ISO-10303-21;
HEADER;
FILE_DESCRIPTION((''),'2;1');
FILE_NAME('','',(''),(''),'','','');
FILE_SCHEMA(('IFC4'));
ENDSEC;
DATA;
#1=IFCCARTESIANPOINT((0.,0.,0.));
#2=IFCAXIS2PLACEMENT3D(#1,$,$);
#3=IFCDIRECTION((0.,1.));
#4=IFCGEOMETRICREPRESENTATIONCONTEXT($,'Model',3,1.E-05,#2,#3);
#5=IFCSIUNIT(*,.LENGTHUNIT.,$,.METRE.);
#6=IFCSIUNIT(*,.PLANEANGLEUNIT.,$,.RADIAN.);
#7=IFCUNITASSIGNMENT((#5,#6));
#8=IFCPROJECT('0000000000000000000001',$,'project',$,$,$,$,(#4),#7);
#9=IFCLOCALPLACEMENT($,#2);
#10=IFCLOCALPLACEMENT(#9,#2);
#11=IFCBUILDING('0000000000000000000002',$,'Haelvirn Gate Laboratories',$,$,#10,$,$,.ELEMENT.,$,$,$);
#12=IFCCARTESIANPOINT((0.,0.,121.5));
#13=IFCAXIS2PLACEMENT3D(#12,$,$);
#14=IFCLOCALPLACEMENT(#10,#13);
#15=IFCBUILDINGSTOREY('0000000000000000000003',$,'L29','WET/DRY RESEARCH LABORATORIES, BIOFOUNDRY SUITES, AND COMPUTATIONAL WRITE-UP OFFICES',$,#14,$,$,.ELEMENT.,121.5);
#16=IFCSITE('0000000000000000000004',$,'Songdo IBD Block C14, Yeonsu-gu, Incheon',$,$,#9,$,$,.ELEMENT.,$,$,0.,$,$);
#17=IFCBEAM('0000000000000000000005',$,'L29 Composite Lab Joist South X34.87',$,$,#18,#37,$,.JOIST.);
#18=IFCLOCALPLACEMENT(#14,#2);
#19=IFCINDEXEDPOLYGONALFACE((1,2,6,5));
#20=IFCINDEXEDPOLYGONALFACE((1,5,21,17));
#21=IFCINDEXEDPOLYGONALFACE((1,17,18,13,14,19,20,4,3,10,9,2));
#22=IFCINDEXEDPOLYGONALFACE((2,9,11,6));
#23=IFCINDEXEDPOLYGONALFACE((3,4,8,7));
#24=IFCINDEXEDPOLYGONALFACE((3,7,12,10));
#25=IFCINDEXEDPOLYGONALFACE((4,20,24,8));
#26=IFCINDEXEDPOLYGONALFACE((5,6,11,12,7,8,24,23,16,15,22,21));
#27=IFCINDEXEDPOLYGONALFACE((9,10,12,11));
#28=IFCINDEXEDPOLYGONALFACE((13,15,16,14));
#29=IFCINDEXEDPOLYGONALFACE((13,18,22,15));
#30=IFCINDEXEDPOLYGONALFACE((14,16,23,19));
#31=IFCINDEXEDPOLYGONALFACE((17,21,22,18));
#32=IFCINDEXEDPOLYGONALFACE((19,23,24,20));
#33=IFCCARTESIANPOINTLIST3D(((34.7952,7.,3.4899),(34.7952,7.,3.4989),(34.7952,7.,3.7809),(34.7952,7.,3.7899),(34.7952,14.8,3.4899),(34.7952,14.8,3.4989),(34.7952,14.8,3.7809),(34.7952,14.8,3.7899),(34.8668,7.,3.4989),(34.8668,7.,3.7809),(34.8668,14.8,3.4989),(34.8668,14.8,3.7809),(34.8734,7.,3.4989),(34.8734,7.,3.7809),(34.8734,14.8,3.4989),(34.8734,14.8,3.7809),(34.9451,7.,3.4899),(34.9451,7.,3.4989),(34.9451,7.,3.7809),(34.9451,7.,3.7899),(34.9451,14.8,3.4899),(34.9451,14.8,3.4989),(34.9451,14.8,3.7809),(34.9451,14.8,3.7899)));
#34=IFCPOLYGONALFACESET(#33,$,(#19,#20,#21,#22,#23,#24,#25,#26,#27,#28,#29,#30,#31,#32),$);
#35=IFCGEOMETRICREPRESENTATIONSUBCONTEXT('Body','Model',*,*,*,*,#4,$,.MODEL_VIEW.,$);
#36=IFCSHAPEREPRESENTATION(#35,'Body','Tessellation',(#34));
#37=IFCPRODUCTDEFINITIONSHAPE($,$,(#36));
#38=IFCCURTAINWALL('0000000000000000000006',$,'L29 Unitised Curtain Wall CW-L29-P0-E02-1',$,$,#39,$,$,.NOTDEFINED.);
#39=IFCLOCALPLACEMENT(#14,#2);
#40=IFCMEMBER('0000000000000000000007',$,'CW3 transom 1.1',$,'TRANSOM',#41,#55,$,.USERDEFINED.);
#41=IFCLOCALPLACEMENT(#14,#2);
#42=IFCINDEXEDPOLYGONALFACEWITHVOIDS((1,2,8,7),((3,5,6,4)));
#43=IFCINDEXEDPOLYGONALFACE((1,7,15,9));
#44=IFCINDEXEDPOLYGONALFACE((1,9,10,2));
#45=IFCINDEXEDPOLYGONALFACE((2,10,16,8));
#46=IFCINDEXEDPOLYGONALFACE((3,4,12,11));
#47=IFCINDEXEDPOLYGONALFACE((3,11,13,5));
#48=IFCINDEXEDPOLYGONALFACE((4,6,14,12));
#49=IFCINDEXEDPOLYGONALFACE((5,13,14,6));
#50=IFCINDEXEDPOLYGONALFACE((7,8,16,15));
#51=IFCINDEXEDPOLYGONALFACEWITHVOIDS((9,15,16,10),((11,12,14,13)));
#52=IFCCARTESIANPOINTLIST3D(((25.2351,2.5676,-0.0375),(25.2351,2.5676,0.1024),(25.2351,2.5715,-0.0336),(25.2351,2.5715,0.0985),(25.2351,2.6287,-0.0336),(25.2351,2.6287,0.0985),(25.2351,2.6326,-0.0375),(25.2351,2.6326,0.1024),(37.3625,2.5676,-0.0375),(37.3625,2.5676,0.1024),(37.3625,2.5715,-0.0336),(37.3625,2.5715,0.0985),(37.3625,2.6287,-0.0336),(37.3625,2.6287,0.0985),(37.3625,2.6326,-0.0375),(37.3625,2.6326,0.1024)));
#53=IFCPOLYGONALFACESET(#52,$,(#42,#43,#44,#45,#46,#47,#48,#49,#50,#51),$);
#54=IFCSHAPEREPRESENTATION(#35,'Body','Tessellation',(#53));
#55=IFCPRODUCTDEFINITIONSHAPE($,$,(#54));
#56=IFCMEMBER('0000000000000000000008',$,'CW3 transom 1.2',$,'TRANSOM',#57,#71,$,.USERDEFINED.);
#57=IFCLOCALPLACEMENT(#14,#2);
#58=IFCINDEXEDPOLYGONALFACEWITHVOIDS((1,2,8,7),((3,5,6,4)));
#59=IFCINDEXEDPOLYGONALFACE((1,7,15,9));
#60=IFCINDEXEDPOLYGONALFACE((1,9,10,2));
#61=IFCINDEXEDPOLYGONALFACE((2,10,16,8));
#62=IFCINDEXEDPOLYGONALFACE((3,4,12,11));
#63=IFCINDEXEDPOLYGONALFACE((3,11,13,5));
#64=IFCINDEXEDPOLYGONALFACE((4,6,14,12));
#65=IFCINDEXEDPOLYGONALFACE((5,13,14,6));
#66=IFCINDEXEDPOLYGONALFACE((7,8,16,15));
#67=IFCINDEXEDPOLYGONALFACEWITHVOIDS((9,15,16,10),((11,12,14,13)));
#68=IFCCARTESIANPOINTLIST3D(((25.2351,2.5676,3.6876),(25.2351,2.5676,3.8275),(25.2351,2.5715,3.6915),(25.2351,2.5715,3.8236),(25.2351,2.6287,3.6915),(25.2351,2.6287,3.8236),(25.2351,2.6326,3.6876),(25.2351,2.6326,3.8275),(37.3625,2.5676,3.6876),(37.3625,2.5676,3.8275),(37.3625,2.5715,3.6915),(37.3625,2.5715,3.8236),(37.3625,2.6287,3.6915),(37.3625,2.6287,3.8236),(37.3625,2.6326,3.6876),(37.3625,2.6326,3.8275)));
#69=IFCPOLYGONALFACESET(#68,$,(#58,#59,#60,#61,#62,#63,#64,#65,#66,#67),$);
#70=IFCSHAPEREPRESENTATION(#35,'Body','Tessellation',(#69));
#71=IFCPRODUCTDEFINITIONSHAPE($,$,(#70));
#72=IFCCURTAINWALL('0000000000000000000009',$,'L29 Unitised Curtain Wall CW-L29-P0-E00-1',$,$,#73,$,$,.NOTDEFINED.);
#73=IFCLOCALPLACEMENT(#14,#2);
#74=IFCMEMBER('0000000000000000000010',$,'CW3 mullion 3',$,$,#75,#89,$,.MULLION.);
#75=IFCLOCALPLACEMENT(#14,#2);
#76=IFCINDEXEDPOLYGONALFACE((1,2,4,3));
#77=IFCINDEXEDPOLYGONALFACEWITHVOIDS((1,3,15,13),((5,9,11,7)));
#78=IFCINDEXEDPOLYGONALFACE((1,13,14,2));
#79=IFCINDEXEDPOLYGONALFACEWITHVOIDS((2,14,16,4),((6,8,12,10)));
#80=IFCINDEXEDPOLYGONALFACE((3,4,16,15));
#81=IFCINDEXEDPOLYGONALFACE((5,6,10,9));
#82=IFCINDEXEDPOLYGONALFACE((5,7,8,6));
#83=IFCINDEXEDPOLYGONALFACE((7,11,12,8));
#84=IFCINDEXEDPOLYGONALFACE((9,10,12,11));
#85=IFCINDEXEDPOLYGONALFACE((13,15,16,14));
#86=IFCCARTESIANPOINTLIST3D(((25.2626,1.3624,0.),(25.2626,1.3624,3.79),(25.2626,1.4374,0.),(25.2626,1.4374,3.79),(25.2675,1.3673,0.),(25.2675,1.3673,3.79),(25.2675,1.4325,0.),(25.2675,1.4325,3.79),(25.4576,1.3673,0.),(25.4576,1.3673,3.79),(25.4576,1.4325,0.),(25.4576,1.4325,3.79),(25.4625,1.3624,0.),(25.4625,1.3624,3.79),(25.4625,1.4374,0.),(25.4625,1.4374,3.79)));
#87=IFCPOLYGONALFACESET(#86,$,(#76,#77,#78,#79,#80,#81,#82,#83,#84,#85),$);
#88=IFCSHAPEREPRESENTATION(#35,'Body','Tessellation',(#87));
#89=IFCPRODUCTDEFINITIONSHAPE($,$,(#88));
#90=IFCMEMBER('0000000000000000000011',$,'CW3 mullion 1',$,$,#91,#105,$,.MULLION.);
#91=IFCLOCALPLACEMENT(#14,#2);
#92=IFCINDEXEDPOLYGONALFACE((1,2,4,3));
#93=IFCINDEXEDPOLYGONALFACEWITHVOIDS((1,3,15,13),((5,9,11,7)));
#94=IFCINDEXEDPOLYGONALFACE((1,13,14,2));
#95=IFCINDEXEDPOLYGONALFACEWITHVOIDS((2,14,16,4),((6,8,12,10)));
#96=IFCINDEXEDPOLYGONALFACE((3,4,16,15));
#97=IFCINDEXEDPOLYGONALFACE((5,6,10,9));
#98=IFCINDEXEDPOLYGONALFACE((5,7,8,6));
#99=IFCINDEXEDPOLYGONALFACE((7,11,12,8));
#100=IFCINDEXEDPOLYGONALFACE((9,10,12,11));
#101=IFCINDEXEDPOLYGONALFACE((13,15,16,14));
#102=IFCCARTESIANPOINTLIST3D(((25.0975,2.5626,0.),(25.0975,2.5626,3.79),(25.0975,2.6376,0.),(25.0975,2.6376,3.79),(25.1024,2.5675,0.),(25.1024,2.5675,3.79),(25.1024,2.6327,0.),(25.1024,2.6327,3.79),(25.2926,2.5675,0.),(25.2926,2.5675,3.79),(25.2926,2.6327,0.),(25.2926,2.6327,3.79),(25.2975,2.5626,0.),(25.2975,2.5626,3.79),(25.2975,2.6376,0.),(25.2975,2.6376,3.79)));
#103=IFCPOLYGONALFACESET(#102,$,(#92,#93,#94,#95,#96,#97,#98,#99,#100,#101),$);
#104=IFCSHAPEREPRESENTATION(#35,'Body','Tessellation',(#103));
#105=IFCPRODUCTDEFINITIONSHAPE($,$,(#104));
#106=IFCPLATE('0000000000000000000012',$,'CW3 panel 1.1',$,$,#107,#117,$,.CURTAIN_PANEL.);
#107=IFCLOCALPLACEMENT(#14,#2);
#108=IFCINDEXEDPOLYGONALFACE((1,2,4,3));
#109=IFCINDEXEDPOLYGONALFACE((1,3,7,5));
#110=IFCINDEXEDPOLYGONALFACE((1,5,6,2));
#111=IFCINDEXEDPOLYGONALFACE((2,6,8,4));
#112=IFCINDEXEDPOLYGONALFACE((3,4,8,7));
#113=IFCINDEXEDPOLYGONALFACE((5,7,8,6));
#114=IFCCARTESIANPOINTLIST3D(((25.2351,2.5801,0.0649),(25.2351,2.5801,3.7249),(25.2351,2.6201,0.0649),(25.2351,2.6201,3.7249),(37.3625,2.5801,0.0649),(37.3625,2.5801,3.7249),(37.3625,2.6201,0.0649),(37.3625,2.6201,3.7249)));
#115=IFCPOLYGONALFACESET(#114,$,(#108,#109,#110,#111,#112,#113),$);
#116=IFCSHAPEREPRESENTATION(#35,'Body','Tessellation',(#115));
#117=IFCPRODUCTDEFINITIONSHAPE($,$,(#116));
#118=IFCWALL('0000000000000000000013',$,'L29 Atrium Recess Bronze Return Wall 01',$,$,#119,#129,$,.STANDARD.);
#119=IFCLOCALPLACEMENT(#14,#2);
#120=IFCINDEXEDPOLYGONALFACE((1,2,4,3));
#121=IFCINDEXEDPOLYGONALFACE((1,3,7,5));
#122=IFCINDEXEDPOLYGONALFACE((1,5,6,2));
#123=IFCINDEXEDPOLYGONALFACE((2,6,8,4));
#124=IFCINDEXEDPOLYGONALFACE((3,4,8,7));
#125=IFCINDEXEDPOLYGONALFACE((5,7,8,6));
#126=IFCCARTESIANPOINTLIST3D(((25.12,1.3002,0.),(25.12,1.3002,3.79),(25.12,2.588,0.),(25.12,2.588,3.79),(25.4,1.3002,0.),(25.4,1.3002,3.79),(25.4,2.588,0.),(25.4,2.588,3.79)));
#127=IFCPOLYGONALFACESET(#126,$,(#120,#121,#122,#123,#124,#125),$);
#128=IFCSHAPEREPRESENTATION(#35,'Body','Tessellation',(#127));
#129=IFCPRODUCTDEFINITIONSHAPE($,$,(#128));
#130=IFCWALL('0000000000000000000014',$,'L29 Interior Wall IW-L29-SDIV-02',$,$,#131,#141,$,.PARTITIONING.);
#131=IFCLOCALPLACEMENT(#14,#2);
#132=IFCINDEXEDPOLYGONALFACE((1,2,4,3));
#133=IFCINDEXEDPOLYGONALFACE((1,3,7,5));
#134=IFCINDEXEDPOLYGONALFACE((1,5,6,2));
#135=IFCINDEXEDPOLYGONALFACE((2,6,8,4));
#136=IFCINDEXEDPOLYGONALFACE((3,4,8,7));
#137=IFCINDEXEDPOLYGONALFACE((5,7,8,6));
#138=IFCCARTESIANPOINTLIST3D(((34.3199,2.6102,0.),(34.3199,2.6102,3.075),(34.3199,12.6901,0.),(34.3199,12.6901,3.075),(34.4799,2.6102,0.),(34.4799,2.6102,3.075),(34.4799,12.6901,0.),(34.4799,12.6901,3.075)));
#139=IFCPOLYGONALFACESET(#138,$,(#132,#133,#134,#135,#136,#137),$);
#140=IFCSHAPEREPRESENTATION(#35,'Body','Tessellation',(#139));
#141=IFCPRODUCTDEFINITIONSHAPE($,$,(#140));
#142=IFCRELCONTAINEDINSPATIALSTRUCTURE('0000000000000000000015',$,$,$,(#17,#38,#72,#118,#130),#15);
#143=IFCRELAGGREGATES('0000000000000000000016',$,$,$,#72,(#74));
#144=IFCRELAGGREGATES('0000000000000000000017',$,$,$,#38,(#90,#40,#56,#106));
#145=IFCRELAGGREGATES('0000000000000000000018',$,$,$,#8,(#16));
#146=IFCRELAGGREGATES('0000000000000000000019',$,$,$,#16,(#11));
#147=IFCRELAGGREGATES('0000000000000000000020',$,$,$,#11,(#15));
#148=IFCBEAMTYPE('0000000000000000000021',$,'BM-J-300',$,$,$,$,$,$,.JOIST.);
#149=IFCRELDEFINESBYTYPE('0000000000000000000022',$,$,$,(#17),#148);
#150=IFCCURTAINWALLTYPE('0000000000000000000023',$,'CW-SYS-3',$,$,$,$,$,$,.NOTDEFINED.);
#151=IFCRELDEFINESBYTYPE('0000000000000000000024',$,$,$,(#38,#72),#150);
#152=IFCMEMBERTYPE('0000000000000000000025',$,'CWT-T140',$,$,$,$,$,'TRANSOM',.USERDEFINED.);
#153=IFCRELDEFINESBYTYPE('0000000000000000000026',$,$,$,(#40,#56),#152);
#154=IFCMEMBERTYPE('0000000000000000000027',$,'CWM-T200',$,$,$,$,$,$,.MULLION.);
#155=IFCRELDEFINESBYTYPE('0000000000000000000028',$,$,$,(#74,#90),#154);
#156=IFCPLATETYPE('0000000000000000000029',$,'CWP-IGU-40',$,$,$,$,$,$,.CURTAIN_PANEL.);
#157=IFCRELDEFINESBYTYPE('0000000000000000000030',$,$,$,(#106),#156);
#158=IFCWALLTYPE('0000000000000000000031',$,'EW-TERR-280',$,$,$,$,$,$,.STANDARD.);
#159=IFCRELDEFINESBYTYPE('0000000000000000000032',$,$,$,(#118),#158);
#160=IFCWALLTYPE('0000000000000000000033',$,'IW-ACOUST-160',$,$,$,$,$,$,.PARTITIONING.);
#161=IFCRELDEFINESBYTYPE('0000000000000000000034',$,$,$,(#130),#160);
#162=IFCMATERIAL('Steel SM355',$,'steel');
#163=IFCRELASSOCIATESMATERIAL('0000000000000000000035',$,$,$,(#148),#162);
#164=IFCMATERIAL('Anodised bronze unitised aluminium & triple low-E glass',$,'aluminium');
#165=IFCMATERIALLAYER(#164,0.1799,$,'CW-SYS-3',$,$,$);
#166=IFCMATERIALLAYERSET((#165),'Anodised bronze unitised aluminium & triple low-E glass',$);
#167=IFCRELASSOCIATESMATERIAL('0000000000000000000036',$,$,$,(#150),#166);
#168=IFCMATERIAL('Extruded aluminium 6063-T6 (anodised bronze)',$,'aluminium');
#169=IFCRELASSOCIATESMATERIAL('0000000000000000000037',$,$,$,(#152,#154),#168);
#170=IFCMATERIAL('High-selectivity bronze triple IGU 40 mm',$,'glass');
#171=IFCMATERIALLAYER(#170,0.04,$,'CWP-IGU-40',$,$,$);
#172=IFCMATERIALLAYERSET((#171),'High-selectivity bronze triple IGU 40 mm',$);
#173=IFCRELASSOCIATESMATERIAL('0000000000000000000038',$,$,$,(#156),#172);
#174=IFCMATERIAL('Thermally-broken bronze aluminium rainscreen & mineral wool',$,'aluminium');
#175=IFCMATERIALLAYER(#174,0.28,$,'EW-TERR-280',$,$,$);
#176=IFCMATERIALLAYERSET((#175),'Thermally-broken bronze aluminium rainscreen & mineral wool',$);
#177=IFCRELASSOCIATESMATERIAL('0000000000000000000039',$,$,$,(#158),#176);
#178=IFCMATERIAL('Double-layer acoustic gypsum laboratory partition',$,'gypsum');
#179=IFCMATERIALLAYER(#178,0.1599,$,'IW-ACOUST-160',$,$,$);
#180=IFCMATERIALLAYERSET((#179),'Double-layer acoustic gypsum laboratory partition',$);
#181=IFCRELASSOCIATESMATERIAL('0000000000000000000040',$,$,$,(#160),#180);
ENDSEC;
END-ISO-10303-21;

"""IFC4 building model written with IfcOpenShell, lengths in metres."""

from ifc_helpers import new_model, si_unit, direction, frame, frame_2d, origin, origin_2d, place, context, subcontext, project, spatial, rectangle, hollow_rectangle, i_section, extrude, source, transform, mapped, material, layer, layer_set, material_profile, profile_set, type_object, type_shapes, element, aggregate, save


model = new_model("IFC4")

# Units and contexts
model_context = context("Model", 3, precision=1e-05, world=origin(), true_north=direction((0.0, 1.0)))
body_context = subcontext(model_context, "Body", "Model", "MODEL_VIEW")
ifc_project = project(units=[si_unit("LENGTHUNIT", "METRE"), si_unit("PLANEANGLEUNIT", "RADIAN")], contexts=[model_context])

# Site, building, storey
site_placement = place(None, origin())
site = spatial("IfcSite", under=ifc_project, at=site_placement, Name="Songdo IBD Block C14, Yeonsu-gu, Incheon", CompositionType="ELEMENT", RefElevation=0.0)
building_placement = place(site_placement, origin())
building = spatial("IfcBuilding", under=site, at=building_placement, Name="Haelvirn Gate Laboratories", CompositionType="ELEMENT")
storey_placement = place(building_placement, frame((0.0, 0.0, 121.5)))
storey = spatial("IfcBuildingStorey", under=building, at=storey_placement, Name="L29", Description="WET/DRY RESEARCH LABORATORIES, BIOFOUNDRY SUITES, AND COMPUTATIONAL WRITE-UP OFFICES", CompositionType="ELEMENT", Elevation=121.5)

# Shared definitions
ifc_material_1 = material(Name="Steel SM355", Category="steel")

# Beam
ifc_material_profile_1 = material_profile(ifc_material_1, i_section(OverallWidth=0.1499, OverallDepth=0.3, WebThickness=0.0066, FlangeThickness=0.009, at=origin_2d()), Name="H-300x150x6.5x9")
ifc_profile_set_1 = profile_set([ifc_material_profile_1], Name="Steel SM355")
beam_type_1 = type_object("IfcBeamType", Name="BM-J-300", PredefinedType="JOIST", material=ifc_profile_set_1)
shared_shape_1 = source(origin(), body_context, "Body", "SweptSolid", [
    extrude(i_section(OverallWidth=0.1499, OverallDepth=0.3, WebThickness=0.0066, FlangeThickness=0.009, at=origin_2d()), origin(), (0.0, 0.0, 1.0), 7.8),
])
type_shapes(beam_type_1, [shared_shape_1])
for number, where, z_axis, x_axis, name in (
    (1, (34.8701, 7.0, 3.6399), (0.0, 1.0, 0.0), (-1.0, 0.0, 0.0), "L29 Composite Lab Joist South X34.87"),
):
    element("IfcBeam", number, at=place(storey_placement, frame(where, z_axis=z_axis, x_axis=x_axis)), inside=storey, type_object=beam_type_1, Name=name, PredefinedType="JOIST", context=body_context, shape_type="MappedRepresentation", body=[
        mapped(shared_shape_1, transform((0.0, 0.0, 0.0), scale=1.0)),
    ])

# Curtain wall, members
ifc_material_2 = material(Name="Anodised bronze unitised aluminium & triple low-E glass", Category="aluminium")
ifc_layer_1 = layer(ifc_material_2, 0.1799, Name="CW-SYS-3")
ifc_layer_set_1 = layer_set([ifc_layer_1], Name="Anodised bronze unitised aluminium & triple low-E glass")
curtain_wall_type = type_object("IfcCurtainWallType", Name="CW-SYS-3", PredefinedType="NOTDEFINED", material=ifc_layer_set_1)
curtain_wall_1_placement = place(storey_placement, origin())
curtain_wall_1 = element("IfcCurtainWall", 2, at=curtain_wall_1_placement, inside=storey, type_object=curtain_wall_type, Name="L29 Unitised Curtain Wall CW-L29-P0-E02-1", PredefinedType="NOTDEFINED")
ifc_material_3 = material(Name="Extruded aluminium 6063-T6 (anodised bronze)", Category="aluminium")
ifc_material_profile_2 = material_profile(ifc_material_3, hollow_rectangle(XDim=0.0649, YDim=0.1399, WallThickness=0.0039, at=origin_2d()), Name="CWT-140x65x4")
ifc_profile_set_2 = profile_set([ifc_material_profile_2], Name="Extruded aluminium 6063-T6 (anodised bronze)")
member_type_1 = type_object("IfcMemberType", Name="CWT-T140", ElementType="TRANSOM", PredefinedType="USERDEFINED", material=ifc_profile_set_2)
shared_shape_2 = source(origin(), body_context, "Body", "SweptSolid", [
    extrude(hollow_rectangle(XDim=0.0649, YDim=0.1399, WallThickness=0.0039, at=origin_2d()), origin(), (0.0, 0.0, 1.0), 12.1274),
])
type_shapes(member_type_1, [shared_shape_2])
member_1_placement = place(storey_placement, frame((25.2351, 2.6001, 0.0325), z_axis=(1.0, 0.0, 0.0), x_axis=(0.0, 1.0, 0.0)))
member_1 = element("IfcMember", 3, at=member_1_placement, type_object=member_type_1, Name="CW3 transom 1.1", ObjectType="TRANSOM", PredefinedType="USERDEFINED", context=body_context, shape_type="MappedRepresentation", body=[
    mapped(shared_shape_2, transform((0.0, 0.0, 0.0), scale=1.0)),
])
member_2_placement = place(storey_placement, frame((25.2351, 2.6001, 3.7576), z_axis=(1.0, 0.0, 0.0), x_axis=(0.0, 1.0, 0.0)))
member_2 = element("IfcMember", 4, at=member_2_placement, type_object=member_type_1, Name="CW3 transom 1.2", ObjectType="TRANSOM", PredefinedType="USERDEFINED", context=body_context, shape_type="MappedRepresentation", body=[
    mapped(shared_shape_2, transform((0.0, 0.0, 0.0), scale=1.0)),
])

# Curtain wall, member
curtain_wall_2_placement = place(storey_placement, origin())
curtain_wall_2 = element("IfcCurtainWall", 5, at=curtain_wall_2_placement, inside=storey, type_object=curtain_wall_type, Name="L29 Unitised Curtain Wall CW-L29-P0-E00-1", PredefinedType="NOTDEFINED")
ifc_material_profile_3 = material_profile(ifc_material_3, hollow_rectangle(XDim=0.075, YDim=0.2, WallThickness=0.0049, at=origin_2d()), Name="CWM-200x75x5")
ifc_profile_set_3 = profile_set([ifc_material_profile_3], Name="Extruded aluminium 6063-T6 (anodised bronze)")
member_type_2 = type_object("IfcMemberType", Name="CWM-T200", PredefinedType="MULLION", material=ifc_profile_set_3)
shared_shape_3 = source(origin(), body_context, "Body", "SweptSolid", [
    extrude(hollow_rectangle(XDim=0.075, YDim=0.2, WallThickness=0.0049, at=origin_2d()), origin(), (0.0, 0.0, 1.0), 3.79),
])
type_shapes(member_type_2, [shared_shape_3])
member_3_placement = place(storey_placement, frame((25.3625, 1.3999, 0.0), z_axis=(0.0, 0.0, 1.0), x_axis=(0.0, 1.0, 0.0)))
member_3 = element("IfcMember", 6, at=member_3_placement, type_object=member_type_2, Name="CW3 mullion 3", PredefinedType="MULLION", context=body_context, shape_type="MappedRepresentation", body=[
    mapped(shared_shape_3, transform((0.0, 0.0, 0.0), scale=1.0)),
])
aggregate(curtain_wall_2, [member_3])

# Member
member_4_placement = place(storey_placement, frame((25.1975, 2.6001, 0.0), z_axis=(0.0, 0.0, 1.0), x_axis=(0.0, 1.0, 0.0)))
member_4 = element("IfcMember", 7, at=member_4_placement, type_object=member_type_2, Name="CW3 mullion 1", PredefinedType="MULLION", context=body_context, shape_type="MappedRepresentation", body=[
    mapped(shared_shape_3, transform((0.0, 0.0, 0.0), scale=1.0)),
])

# Plate
ifc_material_4 = material(Name="High-selectivity bronze triple IGU 40 mm", Category="glass")
ifc_layer_2 = layer(ifc_material_4, 0.04, Name="CWP-IGU-40")
ifc_layer_set_2 = layer_set([ifc_layer_2], Name="High-selectivity bronze triple IGU 40 mm")
plate_type = type_object("IfcPlateType", Name="CWP-IGU-40", PredefinedType="CURTAIN_PANEL", material=ifc_layer_set_2)
shared_shape_4 = source(origin(), body_context, "Body", "SweptSolid", [
    extrude(rectangle(XDim=12.1274, YDim=0.04, at=origin_2d()), origin(), (0.0, 0.0, 1.0), 3.6599),
])
type_shapes(plate_type, [shared_shape_4])
plate_placement = place(storey_placement, frame((31.2988, 2.6001, 0.0649), z_axis=(0.0, 0.0, 1.0), x_axis=(1.0, 0.0, 0.0)))
plate = element("IfcPlate", 8, at=plate_placement, type_object=plate_type, Name="CW3 panel 1.1", PredefinedType="CURTAIN_PANEL", context=body_context, shape_type="MappedRepresentation", body=[
    mapped(shared_shape_4, transform((0.0, 0.0, 0.0), scale=1.0)),
])
aggregate(curtain_wall_1, [member_4, member_1, member_2, plate])

# Walls
ifc_material_5 = material(Name="Thermally-broken bronze aluminium rainscreen & mineral wool", Category="aluminium")
ifc_layer_3 = layer(ifc_material_5, 0.28, Name="EW-TERR-280")
ifc_layer_set_3 = layer_set([ifc_layer_3], Name="Thermally-broken bronze aluminium rainscreen & mineral wool")
wall_type_1 = type_object("IfcWallType", Name="EW-TERR-280", PredefinedType="STANDARD", material=ifc_layer_set_3)
wall_1_placement = place(storey_placement, frame((25.26, 1.3, 0.0), z_axis=(0.0, 0.0, 1.0), x_axis=(0.0, 1.0, 0.0)))
element("IfcWall", 9, at=wall_1_placement, inside=storey, type_object=wall_type_1, Name="L29 Atrium Recess Bronze Return Wall 01", PredefinedType="STANDARD", context=body_context, shape_type="SweptSolid", body=[
    extrude(rectangle(XDim=1.2878, YDim=0.28, at=frame_2d((0.644, 0.0))), origin(), (0.0, 0.0, 1.0), 3.79),
])
ifc_material_6 = material(Name="Double-layer acoustic gypsum laboratory partition", Category="gypsum")
ifc_layer_4 = layer(ifc_material_6, 0.1599, Name="IW-ACOUST-160")
ifc_layer_set_4 = layer_set([ifc_layer_4], Name="Double-layer acoustic gypsum laboratory partition")
wall_type_2 = type_object("IfcWallType", Name="IW-ACOUST-160", PredefinedType="PARTITIONING", material=ifc_layer_set_4)
wall_2_placement = place(storey_placement, frame((34.3999, 2.6101, 0.0), z_axis=(0.0, 0.0, 1.0), x_axis=(0.0, 1.0, 0.0)))
element("IfcWall", 10, at=wall_2_placement, inside=storey, type_object=wall_type_2, Name="L29 Interior Wall IW-L29-SDIV-02", PredefinedType="PARTITIONING", context=body_context, shape_type="SweptSolid", body=[
    extrude(rectangle(XDim=10.0798, YDim=0.1599, at=frame_2d((5.04, 0.0))), origin(), (0.0, 0.0, 1.0), 3.075),
])

save(model, "model.ifc")
